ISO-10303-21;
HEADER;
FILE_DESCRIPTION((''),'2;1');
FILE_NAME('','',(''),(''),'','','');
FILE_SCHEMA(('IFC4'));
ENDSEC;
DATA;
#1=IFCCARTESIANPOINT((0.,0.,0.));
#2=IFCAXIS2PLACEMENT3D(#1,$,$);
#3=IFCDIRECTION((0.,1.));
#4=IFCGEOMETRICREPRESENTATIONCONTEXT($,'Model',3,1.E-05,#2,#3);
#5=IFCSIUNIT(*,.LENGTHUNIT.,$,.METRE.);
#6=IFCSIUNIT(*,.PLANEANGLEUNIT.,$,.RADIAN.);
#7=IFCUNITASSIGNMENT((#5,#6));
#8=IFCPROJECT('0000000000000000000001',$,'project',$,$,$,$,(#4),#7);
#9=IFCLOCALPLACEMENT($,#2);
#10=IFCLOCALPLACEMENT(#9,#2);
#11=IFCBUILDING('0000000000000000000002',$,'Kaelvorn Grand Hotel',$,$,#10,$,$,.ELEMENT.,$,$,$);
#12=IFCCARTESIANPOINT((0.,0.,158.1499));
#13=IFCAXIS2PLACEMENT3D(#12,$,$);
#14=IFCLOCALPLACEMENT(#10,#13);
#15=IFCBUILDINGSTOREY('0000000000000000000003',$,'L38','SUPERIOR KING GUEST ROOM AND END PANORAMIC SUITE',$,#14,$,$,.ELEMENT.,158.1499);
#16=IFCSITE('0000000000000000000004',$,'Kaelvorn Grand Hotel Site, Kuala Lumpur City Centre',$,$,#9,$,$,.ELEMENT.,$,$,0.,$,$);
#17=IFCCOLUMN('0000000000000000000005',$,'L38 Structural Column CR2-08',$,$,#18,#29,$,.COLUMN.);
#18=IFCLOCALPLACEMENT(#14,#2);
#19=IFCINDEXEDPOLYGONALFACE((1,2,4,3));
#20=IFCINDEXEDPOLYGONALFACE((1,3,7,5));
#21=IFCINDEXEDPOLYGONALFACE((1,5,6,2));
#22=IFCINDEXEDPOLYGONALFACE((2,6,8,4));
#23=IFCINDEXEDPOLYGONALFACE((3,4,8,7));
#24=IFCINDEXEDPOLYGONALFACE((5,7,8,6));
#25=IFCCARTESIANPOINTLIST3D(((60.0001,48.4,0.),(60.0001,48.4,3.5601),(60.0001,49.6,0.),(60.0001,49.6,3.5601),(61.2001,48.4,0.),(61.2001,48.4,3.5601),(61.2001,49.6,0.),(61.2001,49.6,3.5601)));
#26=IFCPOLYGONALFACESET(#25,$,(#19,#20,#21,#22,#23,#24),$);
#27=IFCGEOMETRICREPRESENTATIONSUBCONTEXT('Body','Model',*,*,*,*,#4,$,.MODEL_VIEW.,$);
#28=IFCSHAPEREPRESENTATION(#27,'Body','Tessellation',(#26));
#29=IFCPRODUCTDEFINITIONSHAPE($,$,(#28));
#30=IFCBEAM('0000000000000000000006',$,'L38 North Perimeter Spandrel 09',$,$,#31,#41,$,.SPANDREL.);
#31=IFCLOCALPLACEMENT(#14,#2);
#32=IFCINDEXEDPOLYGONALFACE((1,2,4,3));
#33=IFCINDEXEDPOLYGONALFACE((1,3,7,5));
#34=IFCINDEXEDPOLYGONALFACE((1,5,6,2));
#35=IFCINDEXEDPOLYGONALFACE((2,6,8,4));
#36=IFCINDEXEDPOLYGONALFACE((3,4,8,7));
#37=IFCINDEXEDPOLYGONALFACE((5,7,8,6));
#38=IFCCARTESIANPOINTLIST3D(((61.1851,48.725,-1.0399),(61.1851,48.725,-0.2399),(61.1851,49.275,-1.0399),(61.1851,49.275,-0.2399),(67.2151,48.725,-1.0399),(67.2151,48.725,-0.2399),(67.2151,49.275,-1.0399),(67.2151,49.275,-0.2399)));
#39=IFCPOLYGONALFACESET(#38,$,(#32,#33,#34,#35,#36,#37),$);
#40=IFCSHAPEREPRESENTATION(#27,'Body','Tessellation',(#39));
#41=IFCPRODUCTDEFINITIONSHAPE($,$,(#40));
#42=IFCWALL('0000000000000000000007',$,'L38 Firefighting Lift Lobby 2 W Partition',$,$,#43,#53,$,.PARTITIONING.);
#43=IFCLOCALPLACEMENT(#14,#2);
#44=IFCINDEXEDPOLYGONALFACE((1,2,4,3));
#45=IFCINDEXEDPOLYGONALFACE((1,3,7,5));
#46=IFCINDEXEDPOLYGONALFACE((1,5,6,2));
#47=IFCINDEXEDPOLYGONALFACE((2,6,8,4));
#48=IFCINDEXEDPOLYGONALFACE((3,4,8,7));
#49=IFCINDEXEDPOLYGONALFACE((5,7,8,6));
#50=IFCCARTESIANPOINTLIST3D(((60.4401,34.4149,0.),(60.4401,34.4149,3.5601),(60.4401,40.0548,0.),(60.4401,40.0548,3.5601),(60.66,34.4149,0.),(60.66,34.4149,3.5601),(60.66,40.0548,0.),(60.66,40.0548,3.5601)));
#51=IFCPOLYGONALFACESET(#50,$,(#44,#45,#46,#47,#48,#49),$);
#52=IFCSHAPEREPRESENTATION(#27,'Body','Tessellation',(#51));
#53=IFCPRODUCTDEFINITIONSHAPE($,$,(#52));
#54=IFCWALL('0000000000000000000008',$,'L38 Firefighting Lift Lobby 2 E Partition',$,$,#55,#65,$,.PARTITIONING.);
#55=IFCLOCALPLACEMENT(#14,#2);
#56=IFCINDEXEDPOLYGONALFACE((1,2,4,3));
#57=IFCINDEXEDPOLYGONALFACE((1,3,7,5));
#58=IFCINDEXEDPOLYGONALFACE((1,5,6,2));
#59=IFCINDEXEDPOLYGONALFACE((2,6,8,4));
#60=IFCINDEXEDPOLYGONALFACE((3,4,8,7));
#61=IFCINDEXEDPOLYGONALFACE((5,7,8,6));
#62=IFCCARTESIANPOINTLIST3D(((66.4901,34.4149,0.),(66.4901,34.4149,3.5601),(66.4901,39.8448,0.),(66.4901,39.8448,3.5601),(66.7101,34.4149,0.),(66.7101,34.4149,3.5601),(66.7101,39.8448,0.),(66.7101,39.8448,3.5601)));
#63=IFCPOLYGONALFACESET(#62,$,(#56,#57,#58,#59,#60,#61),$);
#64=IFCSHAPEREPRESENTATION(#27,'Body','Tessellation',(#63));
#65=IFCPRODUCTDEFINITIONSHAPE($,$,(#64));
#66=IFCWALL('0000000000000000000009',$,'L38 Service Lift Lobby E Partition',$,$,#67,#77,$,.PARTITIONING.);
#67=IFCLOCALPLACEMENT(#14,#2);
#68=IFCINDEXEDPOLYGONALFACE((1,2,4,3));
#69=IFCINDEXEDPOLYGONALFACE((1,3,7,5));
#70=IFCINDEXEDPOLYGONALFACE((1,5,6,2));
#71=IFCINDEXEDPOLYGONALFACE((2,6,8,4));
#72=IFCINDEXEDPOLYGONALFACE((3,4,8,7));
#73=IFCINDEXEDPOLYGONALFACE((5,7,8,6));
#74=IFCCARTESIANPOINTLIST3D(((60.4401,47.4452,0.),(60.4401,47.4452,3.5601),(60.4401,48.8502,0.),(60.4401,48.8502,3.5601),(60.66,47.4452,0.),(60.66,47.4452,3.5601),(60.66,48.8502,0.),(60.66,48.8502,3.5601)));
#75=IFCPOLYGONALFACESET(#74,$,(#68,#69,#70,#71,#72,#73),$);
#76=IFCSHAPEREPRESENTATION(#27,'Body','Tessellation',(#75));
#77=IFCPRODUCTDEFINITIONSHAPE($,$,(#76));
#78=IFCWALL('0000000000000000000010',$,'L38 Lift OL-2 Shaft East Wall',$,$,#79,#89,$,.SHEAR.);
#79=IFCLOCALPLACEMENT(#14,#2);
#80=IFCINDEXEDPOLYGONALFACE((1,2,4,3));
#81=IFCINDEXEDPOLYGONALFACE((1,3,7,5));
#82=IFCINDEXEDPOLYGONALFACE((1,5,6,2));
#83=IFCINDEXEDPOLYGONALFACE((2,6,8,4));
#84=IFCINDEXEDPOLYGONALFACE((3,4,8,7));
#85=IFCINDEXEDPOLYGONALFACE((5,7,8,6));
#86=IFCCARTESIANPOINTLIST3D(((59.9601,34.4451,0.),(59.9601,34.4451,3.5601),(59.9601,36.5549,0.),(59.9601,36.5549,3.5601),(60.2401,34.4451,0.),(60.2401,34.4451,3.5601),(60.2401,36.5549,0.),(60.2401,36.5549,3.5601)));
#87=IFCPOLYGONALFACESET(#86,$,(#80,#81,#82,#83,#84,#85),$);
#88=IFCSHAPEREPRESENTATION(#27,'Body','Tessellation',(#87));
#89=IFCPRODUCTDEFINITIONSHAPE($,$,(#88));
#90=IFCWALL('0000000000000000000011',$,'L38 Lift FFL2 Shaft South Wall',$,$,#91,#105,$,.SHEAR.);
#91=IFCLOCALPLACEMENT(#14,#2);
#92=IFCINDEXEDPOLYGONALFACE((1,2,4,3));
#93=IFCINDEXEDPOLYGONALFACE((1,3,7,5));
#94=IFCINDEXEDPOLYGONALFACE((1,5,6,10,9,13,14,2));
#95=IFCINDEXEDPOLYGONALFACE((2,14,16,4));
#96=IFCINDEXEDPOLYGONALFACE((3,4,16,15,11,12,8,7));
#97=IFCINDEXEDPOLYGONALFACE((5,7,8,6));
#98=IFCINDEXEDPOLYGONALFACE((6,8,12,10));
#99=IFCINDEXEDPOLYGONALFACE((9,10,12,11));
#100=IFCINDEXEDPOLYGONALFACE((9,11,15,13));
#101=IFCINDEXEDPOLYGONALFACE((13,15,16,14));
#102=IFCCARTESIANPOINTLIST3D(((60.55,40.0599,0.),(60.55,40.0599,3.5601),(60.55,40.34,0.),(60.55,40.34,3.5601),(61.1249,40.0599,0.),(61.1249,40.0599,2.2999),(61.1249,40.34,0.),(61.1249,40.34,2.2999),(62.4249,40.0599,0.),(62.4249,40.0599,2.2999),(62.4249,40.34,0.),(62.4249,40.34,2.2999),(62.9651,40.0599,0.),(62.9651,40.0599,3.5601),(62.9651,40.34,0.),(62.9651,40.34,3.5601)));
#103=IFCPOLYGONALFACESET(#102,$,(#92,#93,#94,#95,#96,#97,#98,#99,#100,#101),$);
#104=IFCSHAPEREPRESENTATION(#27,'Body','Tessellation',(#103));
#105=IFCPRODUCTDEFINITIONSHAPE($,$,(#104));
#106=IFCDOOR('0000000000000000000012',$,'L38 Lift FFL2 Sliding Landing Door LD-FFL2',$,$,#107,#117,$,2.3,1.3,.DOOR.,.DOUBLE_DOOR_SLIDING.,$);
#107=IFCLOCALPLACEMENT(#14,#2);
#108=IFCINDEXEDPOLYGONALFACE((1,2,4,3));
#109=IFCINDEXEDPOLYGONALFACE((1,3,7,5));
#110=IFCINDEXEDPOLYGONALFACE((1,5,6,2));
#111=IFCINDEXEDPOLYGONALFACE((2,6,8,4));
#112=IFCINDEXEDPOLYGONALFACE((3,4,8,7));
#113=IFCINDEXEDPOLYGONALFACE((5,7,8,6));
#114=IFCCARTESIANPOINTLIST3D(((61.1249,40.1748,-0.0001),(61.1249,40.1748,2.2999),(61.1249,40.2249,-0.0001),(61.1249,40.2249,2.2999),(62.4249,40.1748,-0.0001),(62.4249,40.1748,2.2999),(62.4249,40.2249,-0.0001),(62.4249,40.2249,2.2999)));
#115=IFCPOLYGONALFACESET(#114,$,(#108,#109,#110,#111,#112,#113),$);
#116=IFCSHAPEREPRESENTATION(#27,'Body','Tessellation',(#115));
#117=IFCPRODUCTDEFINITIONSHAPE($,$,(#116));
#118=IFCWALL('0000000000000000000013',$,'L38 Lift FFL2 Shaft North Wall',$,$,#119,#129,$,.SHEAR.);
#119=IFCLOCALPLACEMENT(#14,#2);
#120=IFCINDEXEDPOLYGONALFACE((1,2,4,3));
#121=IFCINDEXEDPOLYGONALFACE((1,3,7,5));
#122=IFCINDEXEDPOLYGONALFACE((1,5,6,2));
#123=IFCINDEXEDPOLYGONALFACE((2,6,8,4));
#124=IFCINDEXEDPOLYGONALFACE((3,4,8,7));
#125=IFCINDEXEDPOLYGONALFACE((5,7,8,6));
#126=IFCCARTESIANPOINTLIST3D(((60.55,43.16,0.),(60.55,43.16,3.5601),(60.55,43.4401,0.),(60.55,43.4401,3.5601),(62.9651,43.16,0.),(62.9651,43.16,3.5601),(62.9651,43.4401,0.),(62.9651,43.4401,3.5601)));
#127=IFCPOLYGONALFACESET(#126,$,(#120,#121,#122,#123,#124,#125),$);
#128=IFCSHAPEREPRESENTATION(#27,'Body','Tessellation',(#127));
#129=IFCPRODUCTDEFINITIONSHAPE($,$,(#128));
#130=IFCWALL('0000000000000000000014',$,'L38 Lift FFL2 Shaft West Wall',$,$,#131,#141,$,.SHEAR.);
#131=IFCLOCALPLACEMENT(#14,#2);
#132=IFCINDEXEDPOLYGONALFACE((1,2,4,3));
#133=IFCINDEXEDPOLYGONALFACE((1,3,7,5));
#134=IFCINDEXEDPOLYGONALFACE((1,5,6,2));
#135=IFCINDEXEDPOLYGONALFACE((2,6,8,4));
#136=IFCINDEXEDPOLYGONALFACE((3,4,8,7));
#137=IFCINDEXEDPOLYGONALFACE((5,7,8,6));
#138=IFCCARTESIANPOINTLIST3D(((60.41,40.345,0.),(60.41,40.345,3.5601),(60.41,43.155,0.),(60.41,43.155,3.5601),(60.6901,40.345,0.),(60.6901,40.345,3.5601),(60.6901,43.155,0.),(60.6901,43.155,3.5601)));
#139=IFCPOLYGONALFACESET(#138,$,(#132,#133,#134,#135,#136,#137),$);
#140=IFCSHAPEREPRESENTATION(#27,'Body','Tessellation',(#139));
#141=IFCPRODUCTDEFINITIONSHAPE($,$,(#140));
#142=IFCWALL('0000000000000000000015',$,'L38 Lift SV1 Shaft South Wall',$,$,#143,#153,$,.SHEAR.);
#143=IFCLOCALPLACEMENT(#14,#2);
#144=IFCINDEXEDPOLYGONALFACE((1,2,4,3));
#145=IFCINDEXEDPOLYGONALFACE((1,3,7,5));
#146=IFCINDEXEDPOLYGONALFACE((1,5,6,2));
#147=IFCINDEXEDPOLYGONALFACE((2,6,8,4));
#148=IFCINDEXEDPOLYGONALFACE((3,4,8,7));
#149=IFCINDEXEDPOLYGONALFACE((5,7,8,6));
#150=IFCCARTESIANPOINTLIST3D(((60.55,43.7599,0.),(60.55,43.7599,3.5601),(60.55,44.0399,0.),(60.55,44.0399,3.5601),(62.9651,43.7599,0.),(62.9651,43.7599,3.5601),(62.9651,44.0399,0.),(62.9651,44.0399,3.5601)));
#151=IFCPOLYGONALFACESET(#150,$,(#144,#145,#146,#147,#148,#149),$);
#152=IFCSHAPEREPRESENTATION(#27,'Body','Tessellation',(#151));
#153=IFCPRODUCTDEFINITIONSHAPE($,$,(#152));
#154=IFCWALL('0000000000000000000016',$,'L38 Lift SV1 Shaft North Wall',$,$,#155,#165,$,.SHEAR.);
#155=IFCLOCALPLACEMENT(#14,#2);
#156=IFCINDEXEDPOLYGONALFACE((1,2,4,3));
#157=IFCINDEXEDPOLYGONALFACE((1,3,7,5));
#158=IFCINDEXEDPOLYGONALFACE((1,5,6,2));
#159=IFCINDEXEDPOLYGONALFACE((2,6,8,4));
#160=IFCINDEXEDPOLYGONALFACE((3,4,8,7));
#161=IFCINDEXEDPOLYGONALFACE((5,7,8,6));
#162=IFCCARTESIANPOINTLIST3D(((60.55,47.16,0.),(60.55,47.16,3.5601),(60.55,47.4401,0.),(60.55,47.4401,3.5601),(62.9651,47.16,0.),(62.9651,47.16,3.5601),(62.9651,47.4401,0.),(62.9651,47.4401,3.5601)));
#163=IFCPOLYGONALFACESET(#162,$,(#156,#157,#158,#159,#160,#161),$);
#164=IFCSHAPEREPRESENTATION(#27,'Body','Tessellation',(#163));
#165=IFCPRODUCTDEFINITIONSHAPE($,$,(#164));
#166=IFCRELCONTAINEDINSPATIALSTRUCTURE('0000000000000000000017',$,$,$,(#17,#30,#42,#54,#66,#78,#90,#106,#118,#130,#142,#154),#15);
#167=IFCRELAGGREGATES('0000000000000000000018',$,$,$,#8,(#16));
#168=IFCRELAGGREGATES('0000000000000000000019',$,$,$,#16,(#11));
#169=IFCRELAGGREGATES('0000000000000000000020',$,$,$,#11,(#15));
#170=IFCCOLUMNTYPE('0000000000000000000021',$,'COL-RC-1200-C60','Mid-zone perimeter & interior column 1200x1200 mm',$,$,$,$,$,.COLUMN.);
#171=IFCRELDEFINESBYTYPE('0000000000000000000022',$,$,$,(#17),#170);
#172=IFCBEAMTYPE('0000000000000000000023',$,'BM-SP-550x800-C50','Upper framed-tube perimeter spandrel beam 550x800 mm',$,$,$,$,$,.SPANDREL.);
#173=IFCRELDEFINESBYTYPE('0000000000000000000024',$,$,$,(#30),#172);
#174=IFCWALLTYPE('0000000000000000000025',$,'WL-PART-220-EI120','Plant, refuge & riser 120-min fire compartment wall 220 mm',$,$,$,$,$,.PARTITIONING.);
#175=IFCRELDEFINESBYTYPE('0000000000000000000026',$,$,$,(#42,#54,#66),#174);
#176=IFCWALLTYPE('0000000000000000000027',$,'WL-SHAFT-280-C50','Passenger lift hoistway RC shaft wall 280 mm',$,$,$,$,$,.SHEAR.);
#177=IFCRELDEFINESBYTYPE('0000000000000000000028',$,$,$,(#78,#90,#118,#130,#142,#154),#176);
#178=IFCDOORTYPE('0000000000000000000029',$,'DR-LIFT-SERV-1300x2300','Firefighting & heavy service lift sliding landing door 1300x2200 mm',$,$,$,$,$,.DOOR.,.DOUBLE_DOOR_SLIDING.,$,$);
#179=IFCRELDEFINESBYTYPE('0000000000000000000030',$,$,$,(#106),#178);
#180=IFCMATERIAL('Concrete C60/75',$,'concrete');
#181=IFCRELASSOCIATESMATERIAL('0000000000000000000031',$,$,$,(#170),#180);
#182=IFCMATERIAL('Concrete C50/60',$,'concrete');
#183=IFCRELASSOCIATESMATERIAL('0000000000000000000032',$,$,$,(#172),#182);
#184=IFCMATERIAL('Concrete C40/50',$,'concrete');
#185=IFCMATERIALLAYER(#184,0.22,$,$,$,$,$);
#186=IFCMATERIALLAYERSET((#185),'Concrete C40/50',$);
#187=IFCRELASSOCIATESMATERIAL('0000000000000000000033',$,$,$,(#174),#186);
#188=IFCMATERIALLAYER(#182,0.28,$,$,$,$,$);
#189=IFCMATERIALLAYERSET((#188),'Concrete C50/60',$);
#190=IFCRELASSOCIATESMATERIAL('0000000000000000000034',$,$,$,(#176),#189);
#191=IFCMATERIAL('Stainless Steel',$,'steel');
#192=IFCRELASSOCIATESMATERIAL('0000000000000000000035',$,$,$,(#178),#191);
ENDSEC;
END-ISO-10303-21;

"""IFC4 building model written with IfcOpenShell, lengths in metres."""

from ifc_helpers import new_model, si_unit, direction, frame, frame_2d, origin, origin_2d, place, context, subcontext, project, spatial, rectangle, extrude, material, layer, layer_set, material_profile, profile_set, type_object, element, fill, save


model = new_model("IFC4")

# Units and contexts
model_context = context("Model", 3, precision=1e-05, world=origin(), true_north=direction((0.0, 1.0)))
body_context = subcontext(model_context, "Body", "Model", "MODEL_VIEW")
ifc_project = project(units=[si_unit("LENGTHUNIT", "METRE"), si_unit("PLANEANGLEUNIT", "RADIAN")], contexts=[model_context])

# Site, building, storey
site_placement = place(None, origin())
site = spatial("IfcSite", under=ifc_project, at=site_placement, Name="Kaelvorn Grand Hotel Site, Kuala Lumpur City Centre", CompositionType="ELEMENT", RefElevation=0.0)
building_placement = place(site_placement, origin())
building = spatial("IfcBuilding", under=site, at=building_placement, Name="Kaelvorn Grand Hotel", CompositionType="ELEMENT")
storey_placement = place(building_placement, frame((0.0, 0.0, 158.1499)))
storey = spatial("IfcBuildingStorey", under=building, at=storey_placement, Name="L38", Description="SUPERIOR KING GUEST ROOM AND END PANORAMIC SUITE", CompositionType="ELEMENT", Elevation=158.1499)

# Column
ifc_material_1 = material(Name="Concrete C60/75", Category="concrete")
ifc_material_profile_1 = material_profile(ifc_material_1, rectangle(XDim=1.2, YDim=1.2, at=origin_2d()), Name="RC COL 1200x1200")
ifc_profile_set_1 = profile_set([ifc_material_profile_1], Name="Concrete C60/75")
column_type = type_object("IfcColumnType", Name="COL-RC-1200-C60", Description="Mid-zone perimeter & interior column 1200x1200 mm", PredefinedType="COLUMN", material=ifc_profile_set_1)
column_placement = place(storey_placement, frame((60.6001, 49.0, 0.0), z_axis=(0.0, 0.0, 1.0), x_axis=(1.0, 0.0, 0.0)))
element("IfcColumn", 1, at=column_placement, inside=storey, type_object=column_type, Name="L38 Structural Column CR2-08", PredefinedType="COLUMN", context=body_context, shape_type="SweptSolid", body=[
    extrude(rectangle(XDim=1.2, YDim=1.2, at=origin_2d()), origin(), (0.0, 0.0, 1.0), 3.5601),
])

# Beam
ifc_material_2 = material(Name="Concrete C50/60", Category="concrete")
ifc_material_profile_2 = material_profile(ifc_material_2, rectangle(XDim=0.55, YDim=0.8, at=origin_2d()), Name="RC SPANDREL 550x800")
ifc_profile_set_2 = profile_set([ifc_material_profile_2], Name="Concrete C50/60")
beam_type = type_object("IfcBeamType", Name="BM-SP-550x800-C50", Description="Upper framed-tube perimeter spandrel beam 550x800 mm", PredefinedType="SPANDREL", material=ifc_profile_set_2)
beam_placement = place(storey_placement, frame((61.1851, 49.0, -0.6399), z_axis=(1.0, 0.0, 0.0), x_axis=(0.0, 1.0, 0.0)))
element("IfcBeam", 2, at=beam_placement, inside=storey, type_object=beam_type, Name="L38 North Perimeter Spandrel 09", PredefinedType="SPANDREL", context=body_context, shape_type="SweptSolid", body=[
    extrude(rectangle(XDim=0.55, YDim=0.8, at=origin_2d()), origin(), (0.0, 0.0, 1.0), 6.03),
])

# Shared definitions
ifc_material_3 = material(Name="Concrete C40/50", Category="concrete")
ifc_layer_1 = layer(ifc_material_3, 0.22)
ifc_layer_set_1 = layer_set([ifc_layer_1], Name="Concrete C40/50")
wall_type_1 = type_object("IfcWallType", Name="WL-PART-220-EI120", Description="Plant, refuge & riser 120-min fire compartment wall 220 mm", PredefinedType="PARTITIONING", material=ifc_layer_set_1)

# Walls
wall_1_placement = place(storey_placement, frame((60.55, 34.415, 0.0), z_axis=(0.0, 0.0, 1.0), x_axis=(0.0, 1.0, 0.0)))
element("IfcWall", 3, at=wall_1_placement, inside=storey, type_object=wall_type_1, Name="L38 Firefighting Lift Lobby 2 W Partition", PredefinedType="PARTITIONING", context=body_context, shape_type="SweptSolid", body=[
    extrude(rectangle(XDim=5.6399, YDim=0.22, at=frame_2d((2.8198, 0.0))), origin(), (0.0, 0.0, 1.0), 3.5601),
])
wall_2_placement = place(storey_placement, frame((66.6001, 34.415, 0.0), z_axis=(0.0, 0.0, 1.0), x_axis=(0.0, 1.0, 0.0)))
element("IfcWall", 4, at=wall_2_placement, inside=storey, type_object=wall_type_1, Name="L38 Firefighting Lift Lobby 2 E Partition", PredefinedType="PARTITIONING", context=body_context, shape_type="SweptSolid", body=[
    extrude(rectangle(XDim=5.4299, YDim=0.22, at=frame_2d((2.7148, 0.0))), origin(), (0.0, 0.0, 1.0), 3.5601),
])
wall_3_placement = place(storey_placement, frame((60.55, 47.4451, 0.0), z_axis=(0.0, 0.0, 1.0), x_axis=(0.0, 1.0, 0.0)))
element("IfcWall", 5, at=wall_3_placement, inside=storey, type_object=wall_type_1, Name="L38 Service Lift Lobby E Partition", PredefinedType="PARTITIONING", context=body_context, shape_type="SweptSolid", body=[
    extrude(rectangle(XDim=1.405, YDim=0.22, at=frame_2d((0.7026, 0.0))), origin(), (0.0, 0.0, 1.0), 3.5601),
])
ifc_layer_2 = layer(ifc_material_2, 0.28)
ifc_layer_set_2 = layer_set([ifc_layer_2], Name="Concrete C50/60")
wall_type_2 = type_object("IfcWallType", Name="WL-SHAFT-280-C50", Description="Passenger lift hoistway RC shaft wall 280 mm", PredefinedType="SHEAR", material=ifc_layer_set_2)
wall_4_placement = place(storey_placement, frame((60.1001, 34.4451, 0.0), z_axis=(0.0, 0.0, 1.0), x_axis=(0.0, 1.0, 0.0)))
element("IfcWall", 6, at=wall_4_placement, inside=storey, type_object=wall_type_2, Name="L38 Lift OL-2 Shaft East Wall", PredefinedType="SHEAR", context=body_context, shape_type="SweptSolid", body=[
    extrude(rectangle(XDim=2.1099, YDim=0.28, at=frame_2d((1.0549, 0.0))), origin(), (0.0, 0.0, 1.0), 3.5601),
])

# Wall, opening, door
wall_5_placement = place(storey_placement, frame((60.55, 40.2, 0.0), z_axis=(0.0, 0.0, 1.0), x_axis=(1.0, 0.0, 0.0)))
wall_5 = element("IfcWall", 7, at=wall_5_placement, inside=storey, type_object=wall_type_2, Name="L38 Lift FFL2 Shaft South Wall", PredefinedType="SHEAR", context=body_context, shape_type="SweptSolid", body=[
    extrude(rectangle(XDim=2.415, YDim=0.28, at=frame_2d((1.2075, 0.0))), origin(), (0.0, 0.0, 1.0), 3.5601),
])
opening_1_placement = place(wall_5_placement, frame((0.575, 0.0, 0.0)))
opening_1 = element("IfcOpeningElement", 8, at=opening_1_placement, cuts=wall_5, PredefinedType="OPENING", context=body_context, shape_type="SweptSolid", body=[
    extrude(rectangle(XDim=1.3, YDim=2.3, at=frame_2d((0.6499, 1.1499))), frame((0.0, 0.1499, 0.0), z_axis=(0.0, -1.0, 0.0), x_axis=(1.0, 0.0, 0.0)), (0.0, 0.0, 1.0), 0.3),
])
ifc_material_4 = material(Name="Stainless Steel", Category="steel")
door_type_1 = type_object("IfcDoorType", Name="DR-LIFT-SERV-1300x2300", Description="Firefighting & heavy service lift sliding landing door 1300x2200 mm", OperationType="DOUBLE_DOOR_SLIDING", PredefinedType="DOOR", material=ifc_material_4)
door_1_placement = place(opening_1_placement, origin())
door_1 = element("IfcDoor", 9, at=door_1_placement, inside=storey, type_object=door_type_1, Name="L38 Lift FFL2 Sliding Landing Door LD-FFL2", OperationType="DOUBLE_DOOR_SLIDING", OverallHeight=2.3, OverallWidth=1.3, PredefinedType="DOOR", context=body_context, shape_type="SweptSolid", body=[
    extrude(rectangle(XDim=1.3, YDim=2.3, at=frame_2d((0.6499, 1.1499))), frame((0.0, 0.0249, 0.0), z_axis=(0.0, -1.0, 0.0), x_axis=(1.0, 0.0, 0.0)), (0.0, 0.0, 1.0), 0.05),
])
fill(opening_1, door_1)

# Walls
wall_6_placement = place(storey_placement, frame((60.55, 43.3, 0.0), z_axis=(0.0, 0.0, 1.0), x_axis=(1.0, 0.0, 0.0)))
element("IfcWall", 10, at=wall_6_placement, inside=storey, type_object=wall_type_2, Name="L38 Lift FFL2 Shaft North Wall", PredefinedType="SHEAR", context=body_context, shape_type="SweptSolid", body=[
    extrude(rectangle(XDim=2.415, YDim=0.28, at=frame_2d((1.2075, 0.0))), origin(), (0.0, 0.0, 1.0), 3.5601),
])
wall_7_placement = place(storey_placement, frame((60.55, 40.345, 0.0), z_axis=(0.0, 0.0, 1.0), x_axis=(0.0, 1.0, 0.0)))
element("IfcWall", 11, at=wall_7_placement, inside=storey, type_object=wall_type_2, Name="L38 Lift FFL2 Shaft West Wall", PredefinedType="SHEAR", context=body_context, shape_type="SweptSolid", body=[
    extrude(rectangle(XDim=2.8101, YDim=0.28, at=frame_2d((1.405, 0.0))), origin(), (0.0, 0.0, 1.0), 3.5601),
])
for number, where, z_axis, x_axis, name in (
    (12, (60.55, 43.8999, 0.0), (0.0, 0.0, 1.0), (1.0, 0.0, 0.0), "L38 Lift SV1 Shaft South Wall"),
    (13, (60.55, 47.3, 0.0), (0.0, 0.0, 1.0), (1.0, 0.0, 0.0), "L38 Lift SV1 Shaft North Wall"),
):
    element("IfcWall", number, at=place(storey_placement, frame(where, z_axis=z_axis, x_axis=x_axis)), inside=storey, type_object=wall_type_2, Name=name, PredefinedType="SHEAR", context=body_context, shape_type="SweptSolid", body=[
        extrude(rectangle(XDim=2.415, YDim=0.28, at=frame_2d((1.2075, 0.0))), origin(), (0.0, 0.0, 1.0), 3.5601),
    ])

save(model, "model.ifc")
